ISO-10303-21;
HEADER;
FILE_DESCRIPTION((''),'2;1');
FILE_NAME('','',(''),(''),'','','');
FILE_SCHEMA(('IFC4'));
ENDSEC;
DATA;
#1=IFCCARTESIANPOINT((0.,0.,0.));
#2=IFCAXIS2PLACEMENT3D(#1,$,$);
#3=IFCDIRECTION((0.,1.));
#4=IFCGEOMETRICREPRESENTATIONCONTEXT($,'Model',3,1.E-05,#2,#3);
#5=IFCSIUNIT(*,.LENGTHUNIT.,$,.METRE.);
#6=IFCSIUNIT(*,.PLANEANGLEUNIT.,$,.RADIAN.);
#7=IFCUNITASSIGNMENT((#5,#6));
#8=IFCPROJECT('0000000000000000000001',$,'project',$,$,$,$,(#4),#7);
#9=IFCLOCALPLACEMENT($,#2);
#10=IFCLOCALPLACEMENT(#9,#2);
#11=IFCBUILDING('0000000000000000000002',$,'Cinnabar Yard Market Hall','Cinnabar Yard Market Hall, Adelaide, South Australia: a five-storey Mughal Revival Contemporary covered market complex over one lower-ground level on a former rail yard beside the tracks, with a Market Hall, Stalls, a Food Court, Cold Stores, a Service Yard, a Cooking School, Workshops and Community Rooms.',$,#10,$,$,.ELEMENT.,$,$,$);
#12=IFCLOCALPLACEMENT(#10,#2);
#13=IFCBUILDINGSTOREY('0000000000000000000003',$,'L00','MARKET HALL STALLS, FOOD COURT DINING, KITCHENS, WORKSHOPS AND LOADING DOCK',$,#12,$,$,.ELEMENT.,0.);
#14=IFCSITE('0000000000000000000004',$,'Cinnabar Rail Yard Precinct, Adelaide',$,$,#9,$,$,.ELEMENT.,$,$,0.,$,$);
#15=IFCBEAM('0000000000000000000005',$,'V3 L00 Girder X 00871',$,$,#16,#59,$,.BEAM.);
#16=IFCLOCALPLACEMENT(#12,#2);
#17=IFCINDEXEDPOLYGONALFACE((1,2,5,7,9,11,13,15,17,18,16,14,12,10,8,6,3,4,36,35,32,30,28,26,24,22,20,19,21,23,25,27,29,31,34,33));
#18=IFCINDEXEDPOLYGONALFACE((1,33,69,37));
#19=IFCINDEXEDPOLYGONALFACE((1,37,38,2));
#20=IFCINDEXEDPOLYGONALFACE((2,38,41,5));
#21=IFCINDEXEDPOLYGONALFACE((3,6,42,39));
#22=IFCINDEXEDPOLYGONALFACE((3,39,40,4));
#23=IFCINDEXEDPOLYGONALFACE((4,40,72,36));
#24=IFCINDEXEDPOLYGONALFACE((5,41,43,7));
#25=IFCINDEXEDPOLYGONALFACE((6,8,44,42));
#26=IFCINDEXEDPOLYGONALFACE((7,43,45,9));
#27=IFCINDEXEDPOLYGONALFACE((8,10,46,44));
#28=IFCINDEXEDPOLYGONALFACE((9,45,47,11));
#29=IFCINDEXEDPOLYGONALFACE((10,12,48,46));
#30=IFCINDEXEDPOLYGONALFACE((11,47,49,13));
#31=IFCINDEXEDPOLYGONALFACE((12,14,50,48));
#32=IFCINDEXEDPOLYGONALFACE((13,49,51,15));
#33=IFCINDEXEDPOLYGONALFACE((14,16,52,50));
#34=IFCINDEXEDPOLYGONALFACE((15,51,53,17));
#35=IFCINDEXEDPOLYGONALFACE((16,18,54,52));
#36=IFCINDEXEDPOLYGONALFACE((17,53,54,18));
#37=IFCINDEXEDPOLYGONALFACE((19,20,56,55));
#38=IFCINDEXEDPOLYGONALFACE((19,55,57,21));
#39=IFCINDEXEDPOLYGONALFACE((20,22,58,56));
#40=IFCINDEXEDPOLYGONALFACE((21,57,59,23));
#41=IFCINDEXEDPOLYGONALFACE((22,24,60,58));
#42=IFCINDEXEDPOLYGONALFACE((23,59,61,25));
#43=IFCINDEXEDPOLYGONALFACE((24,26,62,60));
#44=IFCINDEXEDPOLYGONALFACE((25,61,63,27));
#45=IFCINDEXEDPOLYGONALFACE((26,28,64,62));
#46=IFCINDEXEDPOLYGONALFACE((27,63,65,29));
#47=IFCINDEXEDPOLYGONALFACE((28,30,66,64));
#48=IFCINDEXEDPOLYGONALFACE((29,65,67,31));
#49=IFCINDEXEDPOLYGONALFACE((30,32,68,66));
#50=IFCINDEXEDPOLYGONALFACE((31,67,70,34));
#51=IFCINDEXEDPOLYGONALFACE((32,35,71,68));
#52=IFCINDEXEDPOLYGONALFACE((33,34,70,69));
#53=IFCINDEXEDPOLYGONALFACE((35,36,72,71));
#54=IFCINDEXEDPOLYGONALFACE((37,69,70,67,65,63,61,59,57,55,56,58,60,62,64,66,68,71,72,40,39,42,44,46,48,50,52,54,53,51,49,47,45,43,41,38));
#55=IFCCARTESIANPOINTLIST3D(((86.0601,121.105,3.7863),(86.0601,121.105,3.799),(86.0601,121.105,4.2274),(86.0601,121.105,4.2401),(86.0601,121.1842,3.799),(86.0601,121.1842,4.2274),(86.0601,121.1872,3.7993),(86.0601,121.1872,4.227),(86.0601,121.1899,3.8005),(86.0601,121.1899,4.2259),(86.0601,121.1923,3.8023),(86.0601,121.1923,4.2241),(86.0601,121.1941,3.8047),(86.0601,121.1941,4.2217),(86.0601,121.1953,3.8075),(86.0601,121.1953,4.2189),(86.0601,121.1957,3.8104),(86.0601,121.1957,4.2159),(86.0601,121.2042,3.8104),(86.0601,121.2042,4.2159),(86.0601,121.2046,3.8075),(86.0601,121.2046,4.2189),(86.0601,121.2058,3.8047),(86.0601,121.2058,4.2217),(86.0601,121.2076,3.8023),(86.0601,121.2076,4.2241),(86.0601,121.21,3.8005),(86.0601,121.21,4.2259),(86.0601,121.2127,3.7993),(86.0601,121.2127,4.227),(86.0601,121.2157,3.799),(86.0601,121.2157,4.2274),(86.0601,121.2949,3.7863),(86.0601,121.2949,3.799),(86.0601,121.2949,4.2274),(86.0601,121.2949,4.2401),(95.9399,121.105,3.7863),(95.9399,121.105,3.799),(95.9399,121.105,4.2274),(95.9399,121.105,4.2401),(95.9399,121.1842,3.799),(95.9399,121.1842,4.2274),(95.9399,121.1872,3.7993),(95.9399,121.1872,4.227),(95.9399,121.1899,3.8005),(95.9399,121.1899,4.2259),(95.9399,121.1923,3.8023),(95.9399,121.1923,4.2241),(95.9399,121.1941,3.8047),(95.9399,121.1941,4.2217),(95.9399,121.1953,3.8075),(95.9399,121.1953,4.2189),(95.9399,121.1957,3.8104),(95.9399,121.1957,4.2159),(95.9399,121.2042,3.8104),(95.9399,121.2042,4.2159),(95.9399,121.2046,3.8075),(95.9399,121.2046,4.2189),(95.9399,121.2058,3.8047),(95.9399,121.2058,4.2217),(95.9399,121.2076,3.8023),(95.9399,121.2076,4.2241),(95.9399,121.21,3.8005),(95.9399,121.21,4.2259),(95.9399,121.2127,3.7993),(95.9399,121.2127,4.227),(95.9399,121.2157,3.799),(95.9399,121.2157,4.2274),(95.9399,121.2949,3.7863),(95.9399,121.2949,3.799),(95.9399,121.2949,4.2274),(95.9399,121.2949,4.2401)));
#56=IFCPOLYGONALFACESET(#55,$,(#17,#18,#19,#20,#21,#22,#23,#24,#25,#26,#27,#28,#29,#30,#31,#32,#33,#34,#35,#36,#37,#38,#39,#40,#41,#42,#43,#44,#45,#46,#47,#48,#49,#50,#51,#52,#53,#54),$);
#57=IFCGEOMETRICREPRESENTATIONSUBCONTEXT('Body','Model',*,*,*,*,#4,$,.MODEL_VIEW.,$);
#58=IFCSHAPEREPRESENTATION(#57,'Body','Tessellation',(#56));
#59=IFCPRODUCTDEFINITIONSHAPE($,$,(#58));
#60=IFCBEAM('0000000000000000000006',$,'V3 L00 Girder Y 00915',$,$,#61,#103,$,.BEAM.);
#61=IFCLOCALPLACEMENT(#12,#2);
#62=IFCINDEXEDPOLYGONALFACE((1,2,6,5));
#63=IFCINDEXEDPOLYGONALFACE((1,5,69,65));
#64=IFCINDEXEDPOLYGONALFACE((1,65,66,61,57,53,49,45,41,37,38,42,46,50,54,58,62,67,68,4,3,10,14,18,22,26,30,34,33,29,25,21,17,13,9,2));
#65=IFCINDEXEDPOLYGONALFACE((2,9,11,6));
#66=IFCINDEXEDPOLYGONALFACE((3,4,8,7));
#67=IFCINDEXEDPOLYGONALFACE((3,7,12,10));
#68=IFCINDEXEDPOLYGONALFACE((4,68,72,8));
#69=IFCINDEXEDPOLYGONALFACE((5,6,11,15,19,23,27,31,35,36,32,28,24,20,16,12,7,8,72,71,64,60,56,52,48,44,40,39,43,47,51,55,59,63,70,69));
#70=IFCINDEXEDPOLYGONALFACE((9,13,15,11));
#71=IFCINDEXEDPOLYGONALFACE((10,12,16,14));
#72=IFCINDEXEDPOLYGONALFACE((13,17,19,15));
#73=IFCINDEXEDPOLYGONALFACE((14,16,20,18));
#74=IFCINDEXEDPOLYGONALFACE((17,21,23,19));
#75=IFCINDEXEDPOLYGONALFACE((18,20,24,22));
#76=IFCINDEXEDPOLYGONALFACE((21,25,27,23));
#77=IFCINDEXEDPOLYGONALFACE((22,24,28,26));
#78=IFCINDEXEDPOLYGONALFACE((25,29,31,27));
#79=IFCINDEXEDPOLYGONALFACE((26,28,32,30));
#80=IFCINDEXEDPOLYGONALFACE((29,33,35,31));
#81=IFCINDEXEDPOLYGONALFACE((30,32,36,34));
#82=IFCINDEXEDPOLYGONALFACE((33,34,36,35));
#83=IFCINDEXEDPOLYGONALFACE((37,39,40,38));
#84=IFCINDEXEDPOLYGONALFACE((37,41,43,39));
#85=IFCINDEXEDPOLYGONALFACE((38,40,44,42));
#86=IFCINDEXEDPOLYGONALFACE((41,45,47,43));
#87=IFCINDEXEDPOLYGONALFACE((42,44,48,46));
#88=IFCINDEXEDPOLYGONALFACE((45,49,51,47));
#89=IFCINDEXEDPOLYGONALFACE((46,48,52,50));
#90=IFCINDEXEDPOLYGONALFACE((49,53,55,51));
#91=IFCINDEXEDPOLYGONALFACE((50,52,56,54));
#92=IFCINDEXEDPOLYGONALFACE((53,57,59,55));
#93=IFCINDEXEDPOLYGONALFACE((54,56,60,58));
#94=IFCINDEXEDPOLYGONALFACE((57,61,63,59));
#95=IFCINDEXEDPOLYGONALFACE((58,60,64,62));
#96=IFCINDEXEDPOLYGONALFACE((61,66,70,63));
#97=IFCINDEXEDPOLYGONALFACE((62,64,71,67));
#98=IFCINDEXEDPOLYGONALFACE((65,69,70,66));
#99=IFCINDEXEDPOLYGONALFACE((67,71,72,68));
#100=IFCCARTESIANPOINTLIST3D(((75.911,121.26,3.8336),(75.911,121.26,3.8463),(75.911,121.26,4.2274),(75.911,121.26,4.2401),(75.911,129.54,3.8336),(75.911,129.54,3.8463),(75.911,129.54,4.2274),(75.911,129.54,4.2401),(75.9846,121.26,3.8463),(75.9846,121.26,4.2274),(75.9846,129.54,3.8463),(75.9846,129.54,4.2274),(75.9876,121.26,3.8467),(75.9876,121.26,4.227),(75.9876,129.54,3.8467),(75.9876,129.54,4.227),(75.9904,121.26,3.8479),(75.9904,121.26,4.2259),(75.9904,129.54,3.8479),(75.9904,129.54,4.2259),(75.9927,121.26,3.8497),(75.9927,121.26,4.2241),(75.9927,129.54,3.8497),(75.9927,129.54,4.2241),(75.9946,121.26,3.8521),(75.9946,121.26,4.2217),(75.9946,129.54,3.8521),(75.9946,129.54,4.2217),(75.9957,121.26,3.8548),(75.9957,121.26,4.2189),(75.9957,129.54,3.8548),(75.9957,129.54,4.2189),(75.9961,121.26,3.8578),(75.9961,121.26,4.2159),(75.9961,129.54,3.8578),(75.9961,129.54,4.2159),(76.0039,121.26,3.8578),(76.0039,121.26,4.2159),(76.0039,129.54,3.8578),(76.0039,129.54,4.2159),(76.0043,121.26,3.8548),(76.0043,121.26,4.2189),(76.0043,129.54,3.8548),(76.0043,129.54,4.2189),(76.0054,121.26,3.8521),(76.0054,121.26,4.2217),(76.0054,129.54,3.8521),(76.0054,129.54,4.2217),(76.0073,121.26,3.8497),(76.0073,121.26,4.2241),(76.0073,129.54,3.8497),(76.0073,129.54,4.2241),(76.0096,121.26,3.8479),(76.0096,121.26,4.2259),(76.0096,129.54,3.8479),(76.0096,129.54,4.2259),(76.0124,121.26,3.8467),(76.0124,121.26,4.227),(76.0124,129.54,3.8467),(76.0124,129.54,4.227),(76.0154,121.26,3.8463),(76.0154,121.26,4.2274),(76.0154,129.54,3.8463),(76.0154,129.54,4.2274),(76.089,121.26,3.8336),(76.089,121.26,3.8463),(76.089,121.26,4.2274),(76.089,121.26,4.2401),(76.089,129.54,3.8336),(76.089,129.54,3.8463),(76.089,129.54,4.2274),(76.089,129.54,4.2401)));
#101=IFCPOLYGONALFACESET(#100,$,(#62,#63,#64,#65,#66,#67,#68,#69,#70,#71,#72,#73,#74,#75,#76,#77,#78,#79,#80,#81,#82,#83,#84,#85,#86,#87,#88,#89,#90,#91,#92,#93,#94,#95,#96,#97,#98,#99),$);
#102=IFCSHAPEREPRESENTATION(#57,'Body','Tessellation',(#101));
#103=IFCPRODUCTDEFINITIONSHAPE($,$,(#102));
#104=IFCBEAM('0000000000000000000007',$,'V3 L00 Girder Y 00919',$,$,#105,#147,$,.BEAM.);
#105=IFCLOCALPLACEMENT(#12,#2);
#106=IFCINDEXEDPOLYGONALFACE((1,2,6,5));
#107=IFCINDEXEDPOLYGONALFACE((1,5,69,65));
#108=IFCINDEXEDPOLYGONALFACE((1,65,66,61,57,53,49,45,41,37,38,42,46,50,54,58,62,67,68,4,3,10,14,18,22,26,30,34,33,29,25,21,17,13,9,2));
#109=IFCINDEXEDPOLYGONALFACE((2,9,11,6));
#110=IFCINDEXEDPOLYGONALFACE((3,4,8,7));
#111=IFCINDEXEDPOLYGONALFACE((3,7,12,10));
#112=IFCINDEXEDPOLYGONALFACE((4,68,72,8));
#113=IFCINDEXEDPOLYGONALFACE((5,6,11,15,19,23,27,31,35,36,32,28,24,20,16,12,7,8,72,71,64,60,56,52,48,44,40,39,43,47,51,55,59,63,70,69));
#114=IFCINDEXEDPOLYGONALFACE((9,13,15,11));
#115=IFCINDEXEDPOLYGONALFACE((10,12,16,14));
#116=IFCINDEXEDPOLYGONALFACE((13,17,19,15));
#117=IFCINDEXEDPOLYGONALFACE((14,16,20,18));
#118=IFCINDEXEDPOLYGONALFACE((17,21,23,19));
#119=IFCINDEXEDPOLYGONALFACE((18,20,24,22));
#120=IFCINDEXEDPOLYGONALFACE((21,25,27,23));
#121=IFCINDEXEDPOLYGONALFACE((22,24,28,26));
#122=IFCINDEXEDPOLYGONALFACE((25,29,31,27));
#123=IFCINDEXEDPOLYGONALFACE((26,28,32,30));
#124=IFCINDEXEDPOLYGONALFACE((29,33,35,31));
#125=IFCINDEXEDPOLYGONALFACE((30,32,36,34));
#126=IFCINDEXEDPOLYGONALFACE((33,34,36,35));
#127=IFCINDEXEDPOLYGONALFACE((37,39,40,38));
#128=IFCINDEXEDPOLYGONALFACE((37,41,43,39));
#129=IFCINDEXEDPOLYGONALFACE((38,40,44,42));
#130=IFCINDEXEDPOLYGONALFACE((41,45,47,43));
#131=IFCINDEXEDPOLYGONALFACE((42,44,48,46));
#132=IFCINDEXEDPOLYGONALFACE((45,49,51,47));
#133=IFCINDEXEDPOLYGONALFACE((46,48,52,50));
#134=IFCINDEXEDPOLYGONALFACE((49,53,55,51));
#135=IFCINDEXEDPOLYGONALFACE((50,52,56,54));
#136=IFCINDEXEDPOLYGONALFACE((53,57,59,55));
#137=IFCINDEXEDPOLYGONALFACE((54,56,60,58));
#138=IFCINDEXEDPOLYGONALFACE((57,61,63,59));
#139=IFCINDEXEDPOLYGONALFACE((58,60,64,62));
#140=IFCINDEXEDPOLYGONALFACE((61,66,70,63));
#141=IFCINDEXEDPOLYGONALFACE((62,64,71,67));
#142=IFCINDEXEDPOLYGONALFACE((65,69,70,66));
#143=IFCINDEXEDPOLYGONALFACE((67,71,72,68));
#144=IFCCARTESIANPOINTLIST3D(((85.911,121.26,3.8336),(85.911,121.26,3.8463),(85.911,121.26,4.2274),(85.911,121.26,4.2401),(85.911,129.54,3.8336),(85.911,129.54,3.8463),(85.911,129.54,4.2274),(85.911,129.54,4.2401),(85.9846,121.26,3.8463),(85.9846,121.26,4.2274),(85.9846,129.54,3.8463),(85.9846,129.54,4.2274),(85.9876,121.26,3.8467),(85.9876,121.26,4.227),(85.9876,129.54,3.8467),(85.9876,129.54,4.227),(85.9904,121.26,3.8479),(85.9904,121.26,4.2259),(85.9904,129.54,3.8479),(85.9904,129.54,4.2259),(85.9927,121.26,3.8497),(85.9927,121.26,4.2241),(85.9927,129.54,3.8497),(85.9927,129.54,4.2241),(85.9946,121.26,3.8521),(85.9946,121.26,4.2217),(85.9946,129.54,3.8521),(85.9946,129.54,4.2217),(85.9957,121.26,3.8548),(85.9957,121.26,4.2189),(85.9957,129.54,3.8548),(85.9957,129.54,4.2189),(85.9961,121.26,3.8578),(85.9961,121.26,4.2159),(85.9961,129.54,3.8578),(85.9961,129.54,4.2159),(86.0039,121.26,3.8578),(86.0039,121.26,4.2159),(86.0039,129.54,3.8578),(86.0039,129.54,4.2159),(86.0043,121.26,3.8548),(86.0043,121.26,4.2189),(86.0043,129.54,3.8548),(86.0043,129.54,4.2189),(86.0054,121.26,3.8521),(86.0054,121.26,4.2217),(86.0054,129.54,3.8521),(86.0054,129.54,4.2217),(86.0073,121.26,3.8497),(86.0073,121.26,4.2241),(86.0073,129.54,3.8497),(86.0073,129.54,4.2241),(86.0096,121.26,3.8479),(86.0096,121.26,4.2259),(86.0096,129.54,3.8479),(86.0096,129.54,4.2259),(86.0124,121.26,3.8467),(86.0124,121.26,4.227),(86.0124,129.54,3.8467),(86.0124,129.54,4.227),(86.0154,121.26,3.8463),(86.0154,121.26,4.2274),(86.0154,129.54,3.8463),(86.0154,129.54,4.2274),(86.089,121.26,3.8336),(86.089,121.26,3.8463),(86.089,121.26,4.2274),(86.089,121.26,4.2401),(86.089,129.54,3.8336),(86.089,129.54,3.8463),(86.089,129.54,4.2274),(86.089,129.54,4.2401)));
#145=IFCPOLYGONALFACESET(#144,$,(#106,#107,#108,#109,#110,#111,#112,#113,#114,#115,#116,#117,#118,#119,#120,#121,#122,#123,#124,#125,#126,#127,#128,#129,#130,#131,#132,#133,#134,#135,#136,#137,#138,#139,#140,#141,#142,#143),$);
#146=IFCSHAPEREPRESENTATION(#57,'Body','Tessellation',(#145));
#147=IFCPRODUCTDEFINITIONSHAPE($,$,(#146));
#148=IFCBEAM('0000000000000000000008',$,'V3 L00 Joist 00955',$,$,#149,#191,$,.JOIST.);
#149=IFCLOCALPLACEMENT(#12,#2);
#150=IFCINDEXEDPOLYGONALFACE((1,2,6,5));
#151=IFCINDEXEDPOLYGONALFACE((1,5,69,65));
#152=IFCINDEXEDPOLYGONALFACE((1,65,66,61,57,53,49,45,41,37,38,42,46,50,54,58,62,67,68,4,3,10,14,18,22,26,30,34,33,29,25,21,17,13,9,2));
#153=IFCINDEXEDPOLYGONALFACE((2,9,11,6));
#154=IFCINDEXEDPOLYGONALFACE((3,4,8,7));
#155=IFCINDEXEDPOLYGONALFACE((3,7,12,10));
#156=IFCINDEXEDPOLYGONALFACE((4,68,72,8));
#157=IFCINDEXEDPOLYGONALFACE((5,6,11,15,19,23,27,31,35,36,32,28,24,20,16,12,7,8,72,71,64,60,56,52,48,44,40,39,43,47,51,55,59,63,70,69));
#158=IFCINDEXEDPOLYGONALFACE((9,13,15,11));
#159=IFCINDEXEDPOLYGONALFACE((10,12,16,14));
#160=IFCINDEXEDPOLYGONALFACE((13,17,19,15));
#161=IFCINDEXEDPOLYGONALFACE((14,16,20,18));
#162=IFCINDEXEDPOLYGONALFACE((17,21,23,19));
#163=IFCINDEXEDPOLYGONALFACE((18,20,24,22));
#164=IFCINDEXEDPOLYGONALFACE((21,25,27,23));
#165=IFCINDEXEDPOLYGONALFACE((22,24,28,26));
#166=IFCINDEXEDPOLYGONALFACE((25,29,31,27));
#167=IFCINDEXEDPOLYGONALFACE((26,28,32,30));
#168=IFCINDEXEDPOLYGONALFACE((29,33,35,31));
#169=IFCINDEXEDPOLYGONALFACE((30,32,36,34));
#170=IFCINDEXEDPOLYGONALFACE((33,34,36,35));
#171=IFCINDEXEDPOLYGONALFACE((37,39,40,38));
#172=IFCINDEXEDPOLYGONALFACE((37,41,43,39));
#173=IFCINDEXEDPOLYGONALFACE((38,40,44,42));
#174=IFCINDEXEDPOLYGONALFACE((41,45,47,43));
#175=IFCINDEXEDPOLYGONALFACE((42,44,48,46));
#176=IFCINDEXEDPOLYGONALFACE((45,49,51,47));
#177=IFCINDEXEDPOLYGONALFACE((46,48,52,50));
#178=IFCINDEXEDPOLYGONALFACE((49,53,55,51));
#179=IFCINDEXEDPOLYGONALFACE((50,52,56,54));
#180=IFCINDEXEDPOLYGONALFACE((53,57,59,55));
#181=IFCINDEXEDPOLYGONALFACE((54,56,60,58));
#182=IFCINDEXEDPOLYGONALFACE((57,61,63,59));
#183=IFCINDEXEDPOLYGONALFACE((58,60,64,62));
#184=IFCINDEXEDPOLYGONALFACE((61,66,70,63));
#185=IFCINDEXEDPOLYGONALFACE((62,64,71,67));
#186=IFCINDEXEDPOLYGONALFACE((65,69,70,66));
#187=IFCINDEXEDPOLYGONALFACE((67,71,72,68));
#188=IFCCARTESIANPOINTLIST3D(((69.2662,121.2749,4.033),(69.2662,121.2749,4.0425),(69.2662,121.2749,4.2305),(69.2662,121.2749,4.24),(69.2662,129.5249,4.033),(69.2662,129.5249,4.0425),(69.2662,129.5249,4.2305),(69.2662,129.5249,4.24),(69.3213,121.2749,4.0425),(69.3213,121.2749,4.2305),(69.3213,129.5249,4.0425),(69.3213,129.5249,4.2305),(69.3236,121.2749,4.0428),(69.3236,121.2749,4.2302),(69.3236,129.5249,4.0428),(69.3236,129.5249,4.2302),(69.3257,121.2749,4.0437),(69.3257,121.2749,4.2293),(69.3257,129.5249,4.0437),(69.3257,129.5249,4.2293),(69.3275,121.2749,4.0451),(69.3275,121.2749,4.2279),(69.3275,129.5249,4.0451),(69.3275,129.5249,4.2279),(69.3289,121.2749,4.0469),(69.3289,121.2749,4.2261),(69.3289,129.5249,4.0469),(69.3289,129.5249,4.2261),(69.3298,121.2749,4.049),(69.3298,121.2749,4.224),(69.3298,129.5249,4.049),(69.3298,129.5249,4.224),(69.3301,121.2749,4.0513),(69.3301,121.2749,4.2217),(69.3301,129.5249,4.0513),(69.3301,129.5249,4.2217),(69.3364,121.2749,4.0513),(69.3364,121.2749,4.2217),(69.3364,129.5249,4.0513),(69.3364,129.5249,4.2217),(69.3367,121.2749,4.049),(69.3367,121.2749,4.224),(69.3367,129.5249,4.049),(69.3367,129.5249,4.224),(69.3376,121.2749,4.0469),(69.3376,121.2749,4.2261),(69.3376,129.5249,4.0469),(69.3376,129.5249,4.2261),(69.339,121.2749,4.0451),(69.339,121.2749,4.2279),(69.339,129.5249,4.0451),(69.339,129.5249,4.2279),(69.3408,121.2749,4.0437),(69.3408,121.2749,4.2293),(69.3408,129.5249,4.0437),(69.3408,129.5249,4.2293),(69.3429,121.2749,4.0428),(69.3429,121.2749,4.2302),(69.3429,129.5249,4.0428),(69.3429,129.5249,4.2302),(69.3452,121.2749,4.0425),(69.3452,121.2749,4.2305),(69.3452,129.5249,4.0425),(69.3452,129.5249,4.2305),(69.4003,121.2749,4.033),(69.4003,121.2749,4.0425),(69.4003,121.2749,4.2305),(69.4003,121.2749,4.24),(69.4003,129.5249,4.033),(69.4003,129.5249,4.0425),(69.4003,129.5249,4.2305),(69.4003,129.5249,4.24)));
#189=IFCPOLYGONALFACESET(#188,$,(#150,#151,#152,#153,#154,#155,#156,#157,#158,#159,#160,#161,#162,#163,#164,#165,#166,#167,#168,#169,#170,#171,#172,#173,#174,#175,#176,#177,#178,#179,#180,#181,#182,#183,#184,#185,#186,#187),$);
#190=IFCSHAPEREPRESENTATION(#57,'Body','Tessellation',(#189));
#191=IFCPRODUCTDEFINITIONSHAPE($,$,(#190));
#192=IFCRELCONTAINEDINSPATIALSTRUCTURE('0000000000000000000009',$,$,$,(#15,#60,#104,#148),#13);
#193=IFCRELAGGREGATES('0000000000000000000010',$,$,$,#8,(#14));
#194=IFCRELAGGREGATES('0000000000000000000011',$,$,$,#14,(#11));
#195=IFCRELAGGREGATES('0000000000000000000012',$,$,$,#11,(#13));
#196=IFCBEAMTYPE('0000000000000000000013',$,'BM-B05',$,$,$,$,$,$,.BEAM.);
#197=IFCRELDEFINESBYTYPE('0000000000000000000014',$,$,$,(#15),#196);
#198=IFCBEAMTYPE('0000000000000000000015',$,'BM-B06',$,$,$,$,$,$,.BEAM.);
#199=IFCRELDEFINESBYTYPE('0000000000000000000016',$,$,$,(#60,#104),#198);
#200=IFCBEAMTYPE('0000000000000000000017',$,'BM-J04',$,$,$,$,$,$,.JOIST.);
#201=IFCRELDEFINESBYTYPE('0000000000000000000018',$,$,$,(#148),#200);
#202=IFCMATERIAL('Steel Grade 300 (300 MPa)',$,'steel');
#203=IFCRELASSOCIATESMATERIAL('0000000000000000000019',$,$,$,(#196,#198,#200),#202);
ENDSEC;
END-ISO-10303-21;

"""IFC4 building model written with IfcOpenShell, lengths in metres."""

from ifc_helpers import new_model, si_unit, direction, frame, origin, origin_2d_with_axis, place, context, subcontext, project, spatial, i_section, extrude, material, material_profile, profile_set, type_object, element, save


model = new_model("IFC4")

# Units and contexts
model_context = context("Model", 3, precision=1e-05, world=origin(), true_north=direction((0.0, 1.0)))
body_context = subcontext(model_context, "Body", "Model", "MODEL_VIEW")
ifc_project = project(units=[si_unit("LENGTHUNIT", "METRE"), si_unit("PLANEANGLEUNIT", "RADIAN")], contexts=[model_context])

# Site, building, storey
site_placement = place(None, origin())
site = spatial("IfcSite", under=ifc_project, at=site_placement, Name="Cinnabar Rail Yard Precinct, Adelaide", CompositionType="ELEMENT", RefElevation=0.0)
building_placement = place(site_placement, origin())
building = spatial("IfcBuilding", under=site, at=building_placement, Name="Cinnabar Yard Market Hall", Description="Cinnabar Yard Market Hall, Adelaide, South Australia: a five-storey Mughal Revival Contemporary covered market complex over one lower-ground level on a former rail yard beside the tracks, with a Market Hall, Stalls, a Food Court, Cold Stores, a Service Yard, a Cooking School, Workshops and Community Rooms.", CompositionType="ELEMENT")
storey_placement = place(building_placement, origin())
storey = spatial("IfcBuildingStorey", under=building, at=storey_placement, Name="L00", Description="MARKET HALL STALLS, FOOD COURT DINING, KITCHENS, WORKSHOPS AND LOADING DOCK", CompositionType="ELEMENT", Elevation=0.0)

# Shared definitions
ifc_material_1 = material(Name="Steel Grade 300 (300 MPa)", Category="steel")

# Beams
ifc_material_profile_1 = material_profile(ifc_material_1, i_section(OverallWidth=0.1899, OverallDepth=0.4539, WebThickness=0.0085, FlangeThickness=0.0127, FilletRadius=0.0115, at=origin_2d_with_axis()), Name="460UB67.1")
ifc_profile_set_1 = profile_set([ifc_material_profile_1], Name="Steel Grade 300 (300 MPa)")
beam_type_1 = type_object("IfcBeamType", Name="BM-B05", PredefinedType="BEAM", material=ifc_profile_set_1)
for number, where, z_axis, x_axis, name in (
    (1, (86.0601, 121.2, 4.0132), (1.0, 0.0, 0.0), (0.0, 1.0, 0.0), "V3 L00 Girder X 00871"),
):
    element("IfcBeam", number, at=place(storey_placement, frame(where, z_axis=z_axis, x_axis=x_axis)), inside=storey, type_object=beam_type_1, Name=name, PredefinedType="BEAM", context=body_context, shape_type="SweptSolid", body=[
        extrude(i_section(OverallWidth=0.1899, OverallDepth=0.4539, WebThickness=0.0085, FlangeThickness=0.0127, FilletRadius=0.0115, at=origin_2d_with_axis()), origin(), (0.0, 0.0, 1.0), 9.8799),
    ])
ifc_material_profile_2 = material_profile(ifc_material_1, i_section(OverallWidth=0.178, OverallDepth=0.4065, WebThickness=0.0078, FlangeThickness=0.0127, FilletRadius=0.0115, at=origin_2d_with_axis()), Name="410UB59.7")
ifc_profile_set_2 = profile_set([ifc_material_profile_2], Name="Steel Grade 300 (300 MPa)")
beam_type_2 = type_object("IfcBeamType", Name="BM-B06", PredefinedType="BEAM", material=ifc_profile_set_2)
for number, where, z_axis, x_axis, name in (
    (2, (76.0, 121.26, 4.0369), (0.0, 1.0, 0.0), (-1.0, 0.0, 0.0), "V3 L00 Girder Y 00915"),
    (3, (86.0, 121.26, 4.0369), (0.0, 1.0, 0.0), (-1.0, 0.0, 0.0), "V3 L00 Girder Y 00919"),
):
    element("IfcBeam", number, at=place(storey_placement, frame(where, z_axis=z_axis, x_axis=x_axis)), inside=storey, type_object=beam_type_2, Name=name, PredefinedType="BEAM", context=body_context, shape_type="SweptSolid", body=[
        extrude(i_section(OverallWidth=0.178, OverallDepth=0.4065, WebThickness=0.0078, FlangeThickness=0.0127, FilletRadius=0.0115, at=origin_2d_with_axis()), origin(), (0.0, 0.0, 1.0), 8.28),
    ])
ifc_material_profile_3 = material_profile(ifc_material_1, i_section(OverallWidth=0.134, OverallDepth=0.207, WebThickness=0.0063, FlangeThickness=0.0095, FilletRadius=0.0088, at=origin_2d_with_axis()), Name="200UB29.8")
ifc_profile_set_3 = profile_set([ifc_material_profile_3], Name="Steel Grade 300 (300 MPa)")
beam_type_3 = type_object("IfcBeamType", Name="BM-J04", PredefinedType="JOIST", material=ifc_profile_set_3)
for number, where, z_axis, x_axis, name in (
    (4, (69.3333, 121.2749, 4.1365), (0.0, 1.0, 0.0), (-1.0, 0.0, 0.0), "V3 L00 Joist 00955"),
):
    element("IfcBeam", number, at=place(storey_placement, frame(where, z_axis=z_axis, x_axis=x_axis)), inside=storey, type_object=beam_type_3, Name=name, PredefinedType="JOIST", context=body_context, shape_type="SweptSolid", body=[
        extrude(i_section(OverallWidth=0.134, OverallDepth=0.207, WebThickness=0.0063, FlangeThickness=0.0095, FilletRadius=0.0088, at=origin_2d_with_axis()), origin(), (0.0, 0.0, 1.0), 8.25),
    ])

save(model, "model.ifc")
